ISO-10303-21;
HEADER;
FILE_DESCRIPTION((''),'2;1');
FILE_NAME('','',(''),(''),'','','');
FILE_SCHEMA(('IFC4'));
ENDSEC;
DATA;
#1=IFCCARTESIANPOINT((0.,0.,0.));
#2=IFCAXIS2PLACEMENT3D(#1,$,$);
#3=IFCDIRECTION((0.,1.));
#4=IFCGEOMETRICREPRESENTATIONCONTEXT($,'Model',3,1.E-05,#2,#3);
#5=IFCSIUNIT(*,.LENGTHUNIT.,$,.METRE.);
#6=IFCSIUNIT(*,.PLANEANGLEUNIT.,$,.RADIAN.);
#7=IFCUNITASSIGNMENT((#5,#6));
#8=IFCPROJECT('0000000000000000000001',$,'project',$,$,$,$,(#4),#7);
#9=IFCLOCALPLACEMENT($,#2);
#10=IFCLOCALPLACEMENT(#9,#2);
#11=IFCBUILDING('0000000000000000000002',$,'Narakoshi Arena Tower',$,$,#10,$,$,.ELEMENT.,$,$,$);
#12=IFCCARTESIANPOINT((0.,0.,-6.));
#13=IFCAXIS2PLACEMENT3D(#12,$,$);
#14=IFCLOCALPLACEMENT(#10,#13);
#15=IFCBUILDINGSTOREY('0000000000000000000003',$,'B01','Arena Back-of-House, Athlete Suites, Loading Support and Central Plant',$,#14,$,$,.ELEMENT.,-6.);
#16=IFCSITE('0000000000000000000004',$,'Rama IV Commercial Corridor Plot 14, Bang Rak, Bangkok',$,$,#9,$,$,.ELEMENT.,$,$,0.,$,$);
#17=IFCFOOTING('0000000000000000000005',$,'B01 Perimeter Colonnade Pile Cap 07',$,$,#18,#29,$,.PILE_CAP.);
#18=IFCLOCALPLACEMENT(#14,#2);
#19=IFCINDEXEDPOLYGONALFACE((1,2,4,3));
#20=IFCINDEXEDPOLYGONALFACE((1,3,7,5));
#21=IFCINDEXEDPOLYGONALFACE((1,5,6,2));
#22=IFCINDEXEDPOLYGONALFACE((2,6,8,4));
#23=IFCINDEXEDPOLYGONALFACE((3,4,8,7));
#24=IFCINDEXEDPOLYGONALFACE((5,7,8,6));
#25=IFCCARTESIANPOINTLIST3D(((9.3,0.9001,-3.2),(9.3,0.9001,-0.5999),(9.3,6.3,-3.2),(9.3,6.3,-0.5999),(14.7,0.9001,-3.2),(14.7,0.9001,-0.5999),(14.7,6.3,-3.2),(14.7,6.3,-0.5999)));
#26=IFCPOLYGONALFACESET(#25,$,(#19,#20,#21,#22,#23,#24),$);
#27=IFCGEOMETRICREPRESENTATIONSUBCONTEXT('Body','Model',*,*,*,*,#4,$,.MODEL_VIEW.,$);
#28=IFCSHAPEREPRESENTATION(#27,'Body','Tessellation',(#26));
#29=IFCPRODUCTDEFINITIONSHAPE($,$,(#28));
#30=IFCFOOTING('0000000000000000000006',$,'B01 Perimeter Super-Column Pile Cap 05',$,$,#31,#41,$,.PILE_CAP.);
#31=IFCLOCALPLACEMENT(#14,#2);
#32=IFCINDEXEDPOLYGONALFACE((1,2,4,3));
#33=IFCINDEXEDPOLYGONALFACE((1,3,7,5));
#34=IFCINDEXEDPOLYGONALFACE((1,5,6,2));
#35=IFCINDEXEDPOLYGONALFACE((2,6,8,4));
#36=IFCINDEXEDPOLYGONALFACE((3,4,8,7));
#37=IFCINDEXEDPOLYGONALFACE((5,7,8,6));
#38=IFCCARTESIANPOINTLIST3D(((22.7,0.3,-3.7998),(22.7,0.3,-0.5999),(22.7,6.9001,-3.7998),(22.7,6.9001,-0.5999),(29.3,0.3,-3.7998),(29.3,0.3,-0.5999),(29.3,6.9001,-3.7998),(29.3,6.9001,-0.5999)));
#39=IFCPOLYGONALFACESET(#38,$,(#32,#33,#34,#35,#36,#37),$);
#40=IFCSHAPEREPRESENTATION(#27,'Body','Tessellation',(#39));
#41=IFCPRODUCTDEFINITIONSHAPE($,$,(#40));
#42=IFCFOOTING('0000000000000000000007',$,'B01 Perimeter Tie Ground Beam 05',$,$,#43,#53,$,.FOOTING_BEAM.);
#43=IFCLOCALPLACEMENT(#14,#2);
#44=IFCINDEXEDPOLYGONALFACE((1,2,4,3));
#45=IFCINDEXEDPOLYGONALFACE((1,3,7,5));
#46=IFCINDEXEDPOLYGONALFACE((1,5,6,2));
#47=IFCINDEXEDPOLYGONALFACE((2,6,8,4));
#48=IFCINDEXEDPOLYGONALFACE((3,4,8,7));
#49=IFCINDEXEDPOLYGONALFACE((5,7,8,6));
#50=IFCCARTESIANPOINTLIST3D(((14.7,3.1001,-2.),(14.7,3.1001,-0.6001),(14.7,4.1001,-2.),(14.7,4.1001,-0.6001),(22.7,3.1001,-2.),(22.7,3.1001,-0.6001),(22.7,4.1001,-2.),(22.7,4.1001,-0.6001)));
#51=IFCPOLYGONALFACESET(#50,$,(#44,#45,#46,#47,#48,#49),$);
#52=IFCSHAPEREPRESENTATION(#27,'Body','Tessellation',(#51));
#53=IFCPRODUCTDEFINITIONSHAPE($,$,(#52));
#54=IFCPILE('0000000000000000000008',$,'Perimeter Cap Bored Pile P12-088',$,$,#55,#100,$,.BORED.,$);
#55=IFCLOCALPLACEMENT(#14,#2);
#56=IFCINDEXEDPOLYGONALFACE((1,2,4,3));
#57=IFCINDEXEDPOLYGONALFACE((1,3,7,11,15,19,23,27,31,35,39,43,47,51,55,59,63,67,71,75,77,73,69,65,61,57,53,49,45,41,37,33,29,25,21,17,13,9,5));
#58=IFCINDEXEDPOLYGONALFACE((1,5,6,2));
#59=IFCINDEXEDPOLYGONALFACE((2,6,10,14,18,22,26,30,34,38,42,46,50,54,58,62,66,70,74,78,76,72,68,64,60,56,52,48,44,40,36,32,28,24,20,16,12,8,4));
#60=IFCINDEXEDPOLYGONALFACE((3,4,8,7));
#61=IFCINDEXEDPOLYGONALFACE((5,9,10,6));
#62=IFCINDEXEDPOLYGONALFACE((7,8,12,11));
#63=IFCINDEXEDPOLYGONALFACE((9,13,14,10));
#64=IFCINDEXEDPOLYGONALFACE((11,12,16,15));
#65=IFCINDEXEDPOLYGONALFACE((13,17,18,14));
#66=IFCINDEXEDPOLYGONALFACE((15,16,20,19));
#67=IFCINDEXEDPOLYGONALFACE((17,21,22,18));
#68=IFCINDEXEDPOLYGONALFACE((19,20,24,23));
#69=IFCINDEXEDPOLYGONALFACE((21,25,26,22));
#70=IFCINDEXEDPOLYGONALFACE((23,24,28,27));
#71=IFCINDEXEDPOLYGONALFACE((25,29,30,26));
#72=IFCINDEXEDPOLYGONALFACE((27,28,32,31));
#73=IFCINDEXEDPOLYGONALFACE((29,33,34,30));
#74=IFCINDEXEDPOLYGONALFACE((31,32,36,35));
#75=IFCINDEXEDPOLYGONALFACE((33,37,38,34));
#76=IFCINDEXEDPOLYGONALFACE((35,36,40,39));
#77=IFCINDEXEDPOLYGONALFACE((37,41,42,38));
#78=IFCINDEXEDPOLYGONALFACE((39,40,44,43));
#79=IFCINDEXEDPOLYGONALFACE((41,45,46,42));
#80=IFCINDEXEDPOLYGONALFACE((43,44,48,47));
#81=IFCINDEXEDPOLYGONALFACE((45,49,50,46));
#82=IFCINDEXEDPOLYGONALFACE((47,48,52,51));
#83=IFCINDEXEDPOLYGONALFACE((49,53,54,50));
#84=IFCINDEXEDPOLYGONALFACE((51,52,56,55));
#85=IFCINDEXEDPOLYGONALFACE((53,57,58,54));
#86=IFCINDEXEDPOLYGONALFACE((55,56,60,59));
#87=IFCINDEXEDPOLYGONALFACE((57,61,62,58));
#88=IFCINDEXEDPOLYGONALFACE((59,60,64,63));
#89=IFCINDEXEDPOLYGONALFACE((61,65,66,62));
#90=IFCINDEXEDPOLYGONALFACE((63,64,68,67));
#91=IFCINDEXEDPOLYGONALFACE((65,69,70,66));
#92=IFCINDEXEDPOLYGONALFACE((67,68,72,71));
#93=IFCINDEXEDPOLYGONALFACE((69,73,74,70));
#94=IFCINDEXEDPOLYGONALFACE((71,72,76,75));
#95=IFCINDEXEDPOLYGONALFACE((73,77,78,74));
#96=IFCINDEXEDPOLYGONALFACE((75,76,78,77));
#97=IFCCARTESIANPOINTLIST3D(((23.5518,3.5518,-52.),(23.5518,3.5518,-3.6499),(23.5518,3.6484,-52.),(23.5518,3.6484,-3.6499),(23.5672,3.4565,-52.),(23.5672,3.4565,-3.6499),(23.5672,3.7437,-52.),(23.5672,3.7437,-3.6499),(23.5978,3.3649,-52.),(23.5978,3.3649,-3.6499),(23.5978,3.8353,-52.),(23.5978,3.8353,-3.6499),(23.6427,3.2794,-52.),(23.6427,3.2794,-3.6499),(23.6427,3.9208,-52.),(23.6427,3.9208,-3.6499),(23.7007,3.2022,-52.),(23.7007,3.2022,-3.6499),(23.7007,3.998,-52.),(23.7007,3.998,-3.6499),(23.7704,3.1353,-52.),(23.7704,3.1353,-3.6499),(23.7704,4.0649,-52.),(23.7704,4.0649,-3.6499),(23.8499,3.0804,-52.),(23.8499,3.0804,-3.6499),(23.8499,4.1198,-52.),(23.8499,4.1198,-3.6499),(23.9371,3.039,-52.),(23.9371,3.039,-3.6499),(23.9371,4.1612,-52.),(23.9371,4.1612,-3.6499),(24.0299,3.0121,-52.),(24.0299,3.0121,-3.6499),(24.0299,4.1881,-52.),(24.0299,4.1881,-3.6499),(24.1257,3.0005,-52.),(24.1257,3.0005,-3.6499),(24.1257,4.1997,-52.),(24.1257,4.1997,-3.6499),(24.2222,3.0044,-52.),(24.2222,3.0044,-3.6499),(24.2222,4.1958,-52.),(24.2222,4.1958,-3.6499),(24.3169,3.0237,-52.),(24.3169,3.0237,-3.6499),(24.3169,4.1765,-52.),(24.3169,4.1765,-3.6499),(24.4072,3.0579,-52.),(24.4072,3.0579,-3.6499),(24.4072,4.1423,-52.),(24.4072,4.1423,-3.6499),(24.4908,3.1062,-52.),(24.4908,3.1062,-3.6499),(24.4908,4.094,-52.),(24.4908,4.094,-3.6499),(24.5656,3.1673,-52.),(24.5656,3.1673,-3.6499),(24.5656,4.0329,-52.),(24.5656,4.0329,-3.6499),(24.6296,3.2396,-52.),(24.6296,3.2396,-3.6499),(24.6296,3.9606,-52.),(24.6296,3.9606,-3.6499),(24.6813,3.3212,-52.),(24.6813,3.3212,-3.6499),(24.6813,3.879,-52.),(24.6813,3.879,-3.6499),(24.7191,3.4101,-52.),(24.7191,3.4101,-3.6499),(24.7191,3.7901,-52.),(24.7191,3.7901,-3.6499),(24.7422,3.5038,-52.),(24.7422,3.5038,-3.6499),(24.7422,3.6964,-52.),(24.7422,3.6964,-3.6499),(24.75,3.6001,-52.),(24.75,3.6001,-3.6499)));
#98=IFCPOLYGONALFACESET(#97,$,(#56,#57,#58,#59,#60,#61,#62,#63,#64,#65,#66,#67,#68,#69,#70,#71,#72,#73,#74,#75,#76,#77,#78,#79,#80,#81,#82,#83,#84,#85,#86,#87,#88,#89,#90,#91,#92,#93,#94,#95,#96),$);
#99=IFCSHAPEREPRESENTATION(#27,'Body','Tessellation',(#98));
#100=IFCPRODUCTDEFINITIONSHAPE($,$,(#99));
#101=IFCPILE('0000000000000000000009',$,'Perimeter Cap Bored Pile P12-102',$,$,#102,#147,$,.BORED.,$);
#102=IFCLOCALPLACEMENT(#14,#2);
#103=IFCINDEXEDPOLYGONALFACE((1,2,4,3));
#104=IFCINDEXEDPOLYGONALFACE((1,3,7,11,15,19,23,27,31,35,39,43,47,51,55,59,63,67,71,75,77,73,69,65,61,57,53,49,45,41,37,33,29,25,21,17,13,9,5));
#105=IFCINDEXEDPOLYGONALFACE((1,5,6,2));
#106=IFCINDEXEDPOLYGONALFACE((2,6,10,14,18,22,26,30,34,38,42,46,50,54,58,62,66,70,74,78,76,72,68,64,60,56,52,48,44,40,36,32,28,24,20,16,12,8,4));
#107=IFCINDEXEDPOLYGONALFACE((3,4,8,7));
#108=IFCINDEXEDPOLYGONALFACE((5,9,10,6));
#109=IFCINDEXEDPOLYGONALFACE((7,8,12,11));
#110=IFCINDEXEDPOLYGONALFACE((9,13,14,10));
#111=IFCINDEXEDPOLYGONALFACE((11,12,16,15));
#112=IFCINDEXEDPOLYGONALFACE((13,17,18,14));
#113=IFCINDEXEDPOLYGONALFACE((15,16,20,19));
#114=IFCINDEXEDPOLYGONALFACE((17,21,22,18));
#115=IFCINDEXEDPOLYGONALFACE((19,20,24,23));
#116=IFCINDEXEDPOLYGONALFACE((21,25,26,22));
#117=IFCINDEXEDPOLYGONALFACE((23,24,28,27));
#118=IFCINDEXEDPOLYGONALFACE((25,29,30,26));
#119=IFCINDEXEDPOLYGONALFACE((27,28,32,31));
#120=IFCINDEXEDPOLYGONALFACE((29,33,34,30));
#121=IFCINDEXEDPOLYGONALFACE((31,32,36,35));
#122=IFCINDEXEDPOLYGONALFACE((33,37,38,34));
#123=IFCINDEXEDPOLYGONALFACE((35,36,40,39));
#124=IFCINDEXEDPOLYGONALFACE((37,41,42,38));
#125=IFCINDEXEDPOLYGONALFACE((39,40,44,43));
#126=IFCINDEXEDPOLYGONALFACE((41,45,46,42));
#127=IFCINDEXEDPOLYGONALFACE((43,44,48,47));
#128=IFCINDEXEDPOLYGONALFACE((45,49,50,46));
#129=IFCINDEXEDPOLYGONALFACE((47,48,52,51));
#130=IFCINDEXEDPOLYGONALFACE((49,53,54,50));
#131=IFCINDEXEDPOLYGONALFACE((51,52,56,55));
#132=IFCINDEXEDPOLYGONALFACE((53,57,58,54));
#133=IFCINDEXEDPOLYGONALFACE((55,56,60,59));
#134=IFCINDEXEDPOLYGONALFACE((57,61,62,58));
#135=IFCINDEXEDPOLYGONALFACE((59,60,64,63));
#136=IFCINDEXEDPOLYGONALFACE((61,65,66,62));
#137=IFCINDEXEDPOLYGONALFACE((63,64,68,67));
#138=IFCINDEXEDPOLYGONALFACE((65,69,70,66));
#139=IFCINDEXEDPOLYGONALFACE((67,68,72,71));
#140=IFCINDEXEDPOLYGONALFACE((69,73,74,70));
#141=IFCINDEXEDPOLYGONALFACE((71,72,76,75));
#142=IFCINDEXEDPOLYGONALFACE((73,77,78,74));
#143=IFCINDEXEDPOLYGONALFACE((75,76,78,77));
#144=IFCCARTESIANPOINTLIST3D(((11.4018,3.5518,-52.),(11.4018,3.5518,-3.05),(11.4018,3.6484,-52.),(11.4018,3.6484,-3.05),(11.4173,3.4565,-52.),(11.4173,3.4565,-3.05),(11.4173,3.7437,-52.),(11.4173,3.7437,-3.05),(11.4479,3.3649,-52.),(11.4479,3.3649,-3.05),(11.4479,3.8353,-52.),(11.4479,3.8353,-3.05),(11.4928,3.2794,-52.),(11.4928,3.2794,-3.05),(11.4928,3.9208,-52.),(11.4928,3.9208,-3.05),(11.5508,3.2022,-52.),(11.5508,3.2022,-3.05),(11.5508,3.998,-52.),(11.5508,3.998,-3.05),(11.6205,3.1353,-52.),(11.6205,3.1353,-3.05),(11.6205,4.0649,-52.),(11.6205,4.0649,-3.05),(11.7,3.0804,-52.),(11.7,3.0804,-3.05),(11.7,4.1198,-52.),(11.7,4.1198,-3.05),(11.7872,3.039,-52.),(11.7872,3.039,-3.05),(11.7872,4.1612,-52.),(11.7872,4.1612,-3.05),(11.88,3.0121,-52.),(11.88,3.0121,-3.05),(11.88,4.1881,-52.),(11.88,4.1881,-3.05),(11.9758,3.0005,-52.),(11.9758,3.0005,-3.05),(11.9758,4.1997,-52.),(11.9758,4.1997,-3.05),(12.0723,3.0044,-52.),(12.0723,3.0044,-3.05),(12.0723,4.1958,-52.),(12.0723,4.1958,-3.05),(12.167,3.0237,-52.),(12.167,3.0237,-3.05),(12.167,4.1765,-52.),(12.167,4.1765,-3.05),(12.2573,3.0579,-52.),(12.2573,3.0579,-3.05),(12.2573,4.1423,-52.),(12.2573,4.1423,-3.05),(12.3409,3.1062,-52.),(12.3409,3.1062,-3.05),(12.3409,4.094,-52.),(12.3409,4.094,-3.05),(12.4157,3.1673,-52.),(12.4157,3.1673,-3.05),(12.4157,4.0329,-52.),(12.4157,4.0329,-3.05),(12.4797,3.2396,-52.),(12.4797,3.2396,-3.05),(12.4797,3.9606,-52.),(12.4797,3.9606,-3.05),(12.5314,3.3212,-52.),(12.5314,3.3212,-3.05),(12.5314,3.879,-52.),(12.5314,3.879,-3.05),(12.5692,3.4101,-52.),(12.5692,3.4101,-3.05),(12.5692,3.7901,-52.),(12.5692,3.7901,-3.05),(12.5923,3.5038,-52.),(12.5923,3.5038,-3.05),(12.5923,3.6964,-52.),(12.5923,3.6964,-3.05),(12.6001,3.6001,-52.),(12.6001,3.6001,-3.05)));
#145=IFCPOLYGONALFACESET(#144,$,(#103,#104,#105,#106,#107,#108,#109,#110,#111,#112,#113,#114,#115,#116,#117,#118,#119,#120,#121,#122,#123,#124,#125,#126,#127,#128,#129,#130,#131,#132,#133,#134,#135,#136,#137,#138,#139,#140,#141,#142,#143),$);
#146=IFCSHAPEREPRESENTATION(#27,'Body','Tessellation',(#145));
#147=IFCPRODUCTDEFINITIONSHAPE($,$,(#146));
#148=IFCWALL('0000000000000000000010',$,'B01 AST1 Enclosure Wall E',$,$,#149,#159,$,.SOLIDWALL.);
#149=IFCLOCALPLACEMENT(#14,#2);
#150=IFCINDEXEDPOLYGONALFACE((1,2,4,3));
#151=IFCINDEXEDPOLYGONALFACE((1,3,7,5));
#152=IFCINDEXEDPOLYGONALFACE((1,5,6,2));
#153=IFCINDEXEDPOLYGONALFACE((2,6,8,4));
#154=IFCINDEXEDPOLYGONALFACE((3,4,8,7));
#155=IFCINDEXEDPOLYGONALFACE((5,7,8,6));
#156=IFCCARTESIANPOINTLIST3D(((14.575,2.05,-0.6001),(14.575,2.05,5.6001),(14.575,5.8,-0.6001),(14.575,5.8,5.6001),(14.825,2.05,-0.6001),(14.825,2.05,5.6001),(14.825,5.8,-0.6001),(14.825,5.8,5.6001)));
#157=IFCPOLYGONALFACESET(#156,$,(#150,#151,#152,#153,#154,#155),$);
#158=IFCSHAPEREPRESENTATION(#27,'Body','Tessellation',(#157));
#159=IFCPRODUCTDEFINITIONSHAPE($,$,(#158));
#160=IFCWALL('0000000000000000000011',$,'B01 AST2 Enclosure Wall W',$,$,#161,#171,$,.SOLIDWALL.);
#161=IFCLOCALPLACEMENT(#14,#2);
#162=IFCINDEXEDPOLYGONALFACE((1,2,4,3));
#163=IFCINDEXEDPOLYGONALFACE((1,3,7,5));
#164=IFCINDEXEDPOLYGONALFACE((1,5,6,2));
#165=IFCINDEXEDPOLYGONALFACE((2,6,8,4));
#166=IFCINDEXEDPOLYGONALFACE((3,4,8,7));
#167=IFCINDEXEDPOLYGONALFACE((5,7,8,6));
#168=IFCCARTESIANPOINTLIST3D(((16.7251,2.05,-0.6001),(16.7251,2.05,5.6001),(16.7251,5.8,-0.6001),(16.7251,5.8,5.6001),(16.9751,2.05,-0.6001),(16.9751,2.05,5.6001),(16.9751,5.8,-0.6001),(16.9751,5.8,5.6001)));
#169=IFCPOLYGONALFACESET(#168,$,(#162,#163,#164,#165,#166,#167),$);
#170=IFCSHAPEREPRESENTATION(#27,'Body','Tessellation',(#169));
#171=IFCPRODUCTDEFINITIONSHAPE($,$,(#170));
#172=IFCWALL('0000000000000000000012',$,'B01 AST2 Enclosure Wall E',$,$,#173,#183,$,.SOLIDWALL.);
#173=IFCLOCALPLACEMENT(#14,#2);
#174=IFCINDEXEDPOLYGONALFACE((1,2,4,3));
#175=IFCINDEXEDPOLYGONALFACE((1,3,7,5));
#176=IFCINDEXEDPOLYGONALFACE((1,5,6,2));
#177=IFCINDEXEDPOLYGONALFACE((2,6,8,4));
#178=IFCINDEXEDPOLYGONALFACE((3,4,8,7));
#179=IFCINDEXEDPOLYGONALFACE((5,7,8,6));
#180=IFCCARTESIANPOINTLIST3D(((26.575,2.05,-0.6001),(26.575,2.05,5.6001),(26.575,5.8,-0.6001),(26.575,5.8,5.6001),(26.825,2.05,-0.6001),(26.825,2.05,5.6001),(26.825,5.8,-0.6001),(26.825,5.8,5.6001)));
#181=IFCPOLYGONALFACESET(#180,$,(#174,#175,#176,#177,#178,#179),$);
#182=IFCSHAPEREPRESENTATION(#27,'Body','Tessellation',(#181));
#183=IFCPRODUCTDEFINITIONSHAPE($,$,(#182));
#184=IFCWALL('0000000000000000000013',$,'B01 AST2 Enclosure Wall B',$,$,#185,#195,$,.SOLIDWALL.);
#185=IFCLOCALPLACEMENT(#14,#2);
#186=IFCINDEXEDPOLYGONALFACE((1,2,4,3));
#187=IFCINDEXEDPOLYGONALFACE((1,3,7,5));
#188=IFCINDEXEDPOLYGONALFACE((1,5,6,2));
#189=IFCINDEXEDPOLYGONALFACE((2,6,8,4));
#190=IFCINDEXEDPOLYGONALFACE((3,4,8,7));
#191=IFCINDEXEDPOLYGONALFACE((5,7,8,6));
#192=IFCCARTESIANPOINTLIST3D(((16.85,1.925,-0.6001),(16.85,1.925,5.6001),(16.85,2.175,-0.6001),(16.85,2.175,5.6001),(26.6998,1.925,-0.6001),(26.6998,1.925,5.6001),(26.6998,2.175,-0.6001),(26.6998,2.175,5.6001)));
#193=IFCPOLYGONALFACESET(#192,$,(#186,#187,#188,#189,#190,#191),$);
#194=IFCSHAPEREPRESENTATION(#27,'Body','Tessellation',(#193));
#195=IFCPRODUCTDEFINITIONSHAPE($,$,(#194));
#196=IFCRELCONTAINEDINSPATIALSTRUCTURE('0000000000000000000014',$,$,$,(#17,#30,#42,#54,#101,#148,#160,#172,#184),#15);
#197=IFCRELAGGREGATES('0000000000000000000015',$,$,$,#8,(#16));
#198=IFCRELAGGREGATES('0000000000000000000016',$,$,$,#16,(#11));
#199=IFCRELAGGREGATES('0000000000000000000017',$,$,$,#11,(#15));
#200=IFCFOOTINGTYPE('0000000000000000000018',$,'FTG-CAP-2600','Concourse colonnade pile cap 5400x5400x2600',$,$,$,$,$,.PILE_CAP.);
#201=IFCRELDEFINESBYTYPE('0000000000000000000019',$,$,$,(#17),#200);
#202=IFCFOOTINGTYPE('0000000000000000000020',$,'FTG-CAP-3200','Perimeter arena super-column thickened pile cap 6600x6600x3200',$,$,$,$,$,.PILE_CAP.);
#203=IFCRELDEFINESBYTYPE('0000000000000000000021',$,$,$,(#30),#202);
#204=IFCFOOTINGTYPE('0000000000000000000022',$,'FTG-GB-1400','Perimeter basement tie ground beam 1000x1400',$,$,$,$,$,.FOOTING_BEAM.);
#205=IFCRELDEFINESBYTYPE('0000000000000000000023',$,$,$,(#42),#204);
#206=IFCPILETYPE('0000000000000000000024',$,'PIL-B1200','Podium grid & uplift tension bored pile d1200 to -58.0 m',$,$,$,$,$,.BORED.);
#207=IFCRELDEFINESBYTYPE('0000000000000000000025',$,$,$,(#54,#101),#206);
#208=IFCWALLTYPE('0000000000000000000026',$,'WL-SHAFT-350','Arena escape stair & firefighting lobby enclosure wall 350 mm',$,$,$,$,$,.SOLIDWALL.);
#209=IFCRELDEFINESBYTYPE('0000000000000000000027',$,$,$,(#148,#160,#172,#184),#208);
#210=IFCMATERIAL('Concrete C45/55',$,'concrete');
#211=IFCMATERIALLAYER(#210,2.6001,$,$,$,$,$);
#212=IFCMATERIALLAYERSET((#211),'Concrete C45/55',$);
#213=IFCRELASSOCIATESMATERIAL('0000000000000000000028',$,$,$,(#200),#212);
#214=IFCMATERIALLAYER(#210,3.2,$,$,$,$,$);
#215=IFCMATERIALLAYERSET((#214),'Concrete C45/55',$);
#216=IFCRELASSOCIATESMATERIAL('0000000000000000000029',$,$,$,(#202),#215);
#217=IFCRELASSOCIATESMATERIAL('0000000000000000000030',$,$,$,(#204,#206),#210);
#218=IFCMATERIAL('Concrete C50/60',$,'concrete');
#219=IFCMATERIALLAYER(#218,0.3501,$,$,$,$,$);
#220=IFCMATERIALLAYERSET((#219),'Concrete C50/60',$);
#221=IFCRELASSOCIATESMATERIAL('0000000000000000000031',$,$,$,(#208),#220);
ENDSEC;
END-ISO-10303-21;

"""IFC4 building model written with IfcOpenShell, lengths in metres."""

from ifc_helpers import new_model, si_unit, direction, frame, frame_2d, origin, origin_2d, place, context, subcontext, project, spatial, rectangle, circle, extrude, material, layer, layer_set, material_profile, profile_set, type_object, element, save


model = new_model("IFC4")

# Units and contexts
model_context = context("Model", 3, precision=1e-05, world=origin(), true_north=direction((0.0, 1.0)))
body_context = subcontext(model_context, "Body", "Model", "MODEL_VIEW")
ifc_project = project(units=[si_unit("LENGTHUNIT", "METRE"), si_unit("PLANEANGLEUNIT", "RADIAN")], contexts=[model_context])

# Site, building, storey
site_placement = place(None, origin())
site = spatial("IfcSite", under=ifc_project, at=site_placement, Name="Rama IV Commercial Corridor Plot 14, Bang Rak, Bangkok", CompositionType="ELEMENT", RefElevation=0.0)
building_placement = place(site_placement, origin())
building = spatial("IfcBuilding", under=site, at=building_placement, Name="Narakoshi Arena Tower", CompositionType="ELEMENT")
storey_placement = place(building_placement, frame((0.0, 0.0, -6.0)))
storey = spatial("IfcBuildingStorey", under=building, at=storey_placement, Name="B01", Description="Arena Back-of-House, Athlete Suites, Loading Support and Central Plant", CompositionType="ELEMENT", Elevation=-6.0)

# Footings
ifc_material_1 = material(Name="Concrete C45/55", Category="concrete")
ifc_layer_1 = layer(ifc_material_1, 2.6001)
ifc_layer_set_1 = layer_set([ifc_layer_1], Name="Concrete C45/55")
footing_type_1 = type_object("IfcFootingType", Name="FTG-CAP-2600", Description="Concourse colonnade pile cap 5400x5400x2600", PredefinedType="PILE_CAP", material=ifc_layer_set_1)
footing_1_placement = place(storey_placement, frame((12.0, 3.6001, -3.2), z_axis=(0.0, 0.0, 1.0), x_axis=(1.0, 0.0, 0.0)))
element("IfcFooting", 1, at=footing_1_placement, inside=storey, type_object=footing_type_1, Name="B01 Perimeter Colonnade Pile Cap 07", PredefinedType="PILE_CAP", context=body_context, shape_type="SweptSolid", body=[
    extrude(rectangle(XDim=5.3999, YDim=5.3999, at=origin_2d()), origin(), (0.0, 0.0, 1.0), 2.6001),
])
ifc_layer_2 = layer(ifc_material_1, 3.2)
ifc_layer_set_2 = layer_set([ifc_layer_2], Name="Concrete C45/55")
footing_type_2 = type_object("IfcFootingType", Name="FTG-CAP-3200", Description="Perimeter arena super-column thickened pile cap 6600x6600x3200", PredefinedType="PILE_CAP", material=ifc_layer_set_2)
footing_2_placement = place(storey_placement, frame((26.0, 3.6001, -3.7998), z_axis=(0.0, 0.0, 1.0), x_axis=(1.0, 0.0, 0.0)))
element("IfcFooting", 2, at=footing_2_placement, inside=storey, type_object=footing_type_2, Name="B01 Perimeter Super-Column Pile Cap 05", PredefinedType="PILE_CAP", context=body_context, shape_type="SweptSolid", body=[
    extrude(rectangle(XDim=6.6001, YDim=6.6001, at=origin_2d()), origin(), (0.0, 0.0, 1.0), 3.2),
])
ifc_material_profile_1 = material_profile(ifc_material_1, rectangle(XDim=1.0, YDim=1.3999, at=origin_2d()), Name="RGB1000x1400")
ifc_profile_set_1 = profile_set([ifc_material_profile_1], Name="Concrete C45/55")
footing_type_3 = type_object("IfcFootingType", Name="FTG-GB-1400", Description="Perimeter basement tie ground beam 1000x1400", PredefinedType="FOOTING_BEAM", material=ifc_profile_set_1)
footing_3_placement = place(storey_placement, frame((14.7, 3.6001, -1.3), z_axis=(1.0, 0.0, 0.0), x_axis=(0.0, 1.0, 0.0)))
element("IfcFooting", 3, at=footing_3_placement, inside=storey, type_object=footing_type_3, Name="B01 Perimeter Tie Ground Beam 05", PredefinedType="FOOTING_BEAM", context=body_context, shape_type="SweptSolid", body=[
    extrude(rectangle(XDim=1.0, YDim=1.3999, at=origin_2d()), origin(), (0.0, 0.0, 1.0), 8.0),
])

# Piles
ifc_material_profile_2 = material_profile(ifc_material_1, circle(Radius=0.6001, at=origin_2d()), Name="PILE-D1200")
ifc_profile_set_2 = profile_set([ifc_material_profile_2], Name="Concrete C45/55")
pile_type = type_object("IfcPileType", Name="PIL-B1200", Description="Podium grid & uplift tension bored pile d1200 to -58.0 m", PredefinedType="BORED", material=ifc_profile_set_2)
pile_1_placement = place(storey_placement, frame((24.1499, 3.6001, -3.6499), z_axis=(0.0, 0.0, -1.0), x_axis=(1.0, 0.0, 0.0)))
element("IfcPile", 4, at=pile_1_placement, inside=storey, type_object=pile_type, Name="Perimeter Cap Bored Pile P12-088", PredefinedType="BORED", context=body_context, shape_type="SweptSolid", body=[
    extrude(circle(Radius=0.6001, at=origin_2d()), origin(), (0.0, 0.0, 1.0), 48.3501),
])
pile_2_placement = place(storey_placement, frame((12.0, 3.6001, -3.05), z_axis=(0.0, 0.0, -1.0), x_axis=(1.0, 0.0, 0.0)))
element("IfcPile", 5, at=pile_2_placement, inside=storey, type_object=pile_type, Name="Perimeter Cap Bored Pile P12-102", PredefinedType="BORED", context=body_context, shape_type="SweptSolid", body=[
    extrude(circle(Radius=0.6001, at=origin_2d()), origin(), (0.0, 0.0, 1.0), 48.95),
])

# Walls
ifc_material_2 = material(Name="Concrete C50/60", Category="concrete")
ifc_layer_3 = layer(ifc_material_2, 0.3501)
ifc_layer_set_3 = layer_set([ifc_layer_3], Name="Concrete C50/60")
wall_type = type_object("IfcWallType", Name="WL-SHAFT-350", Description="Arena escape stair & firefighting lobby enclosure wall 350 mm", PredefinedType="SOLIDWALL", material=ifc_layer_set_3)
for number, where, z_axis, x_axis, name in (
    (6, (14.7, 2.05, -0.6001), (0.0, 0.0, 1.0), (0.0, 1.0, 0.0), "B01 AST1 Enclosure Wall E"),
    (7, (16.8501, 2.05, -0.6001), (0.0, 0.0, 1.0), (0.0, 1.0, 0.0), "B01 AST2 Enclosure Wall W"),
    (8, (26.7, 2.05, -0.6001), (0.0, 0.0, 1.0), (0.0, 1.0, 0.0), "B01 AST2 Enclosure Wall E"),
):
    element("IfcWall", number, at=place(storey_placement, frame(where, z_axis=z_axis, x_axis=x_axis)), inside=storey, type_object=wall_type, Name=name, PredefinedType="SOLIDWALL", context=body_context, shape_type="SweptSolid", body=[
        extrude(rectangle(XDim=3.75, YDim=0.25, at=frame_2d((1.875, 0.0))), origin(), (0.0, 0.0, 1.0), 6.2002),
    ])
wall_1_placement = place(storey_placement, frame((16.8501, 2.05, -0.6001), z_axis=(0.0, 0.0, 1.0), x_axis=(1.0, 0.0, 0.0)))
element("IfcWall", 9, at=wall_1_placement, inside=storey, type_object=wall_type, Name="B01 AST2 Enclosure Wall B", PredefinedType="SOLIDWALL", context=body_context, shape_type="SweptSolid", body=[
    extrude(rectangle(XDim=9.8499, YDim=0.25, at=frame_2d((4.9248, 0.0))), origin(), (0.0, 0.0, 1.0), 6.2002),
])

save(model, "model.ifc")
